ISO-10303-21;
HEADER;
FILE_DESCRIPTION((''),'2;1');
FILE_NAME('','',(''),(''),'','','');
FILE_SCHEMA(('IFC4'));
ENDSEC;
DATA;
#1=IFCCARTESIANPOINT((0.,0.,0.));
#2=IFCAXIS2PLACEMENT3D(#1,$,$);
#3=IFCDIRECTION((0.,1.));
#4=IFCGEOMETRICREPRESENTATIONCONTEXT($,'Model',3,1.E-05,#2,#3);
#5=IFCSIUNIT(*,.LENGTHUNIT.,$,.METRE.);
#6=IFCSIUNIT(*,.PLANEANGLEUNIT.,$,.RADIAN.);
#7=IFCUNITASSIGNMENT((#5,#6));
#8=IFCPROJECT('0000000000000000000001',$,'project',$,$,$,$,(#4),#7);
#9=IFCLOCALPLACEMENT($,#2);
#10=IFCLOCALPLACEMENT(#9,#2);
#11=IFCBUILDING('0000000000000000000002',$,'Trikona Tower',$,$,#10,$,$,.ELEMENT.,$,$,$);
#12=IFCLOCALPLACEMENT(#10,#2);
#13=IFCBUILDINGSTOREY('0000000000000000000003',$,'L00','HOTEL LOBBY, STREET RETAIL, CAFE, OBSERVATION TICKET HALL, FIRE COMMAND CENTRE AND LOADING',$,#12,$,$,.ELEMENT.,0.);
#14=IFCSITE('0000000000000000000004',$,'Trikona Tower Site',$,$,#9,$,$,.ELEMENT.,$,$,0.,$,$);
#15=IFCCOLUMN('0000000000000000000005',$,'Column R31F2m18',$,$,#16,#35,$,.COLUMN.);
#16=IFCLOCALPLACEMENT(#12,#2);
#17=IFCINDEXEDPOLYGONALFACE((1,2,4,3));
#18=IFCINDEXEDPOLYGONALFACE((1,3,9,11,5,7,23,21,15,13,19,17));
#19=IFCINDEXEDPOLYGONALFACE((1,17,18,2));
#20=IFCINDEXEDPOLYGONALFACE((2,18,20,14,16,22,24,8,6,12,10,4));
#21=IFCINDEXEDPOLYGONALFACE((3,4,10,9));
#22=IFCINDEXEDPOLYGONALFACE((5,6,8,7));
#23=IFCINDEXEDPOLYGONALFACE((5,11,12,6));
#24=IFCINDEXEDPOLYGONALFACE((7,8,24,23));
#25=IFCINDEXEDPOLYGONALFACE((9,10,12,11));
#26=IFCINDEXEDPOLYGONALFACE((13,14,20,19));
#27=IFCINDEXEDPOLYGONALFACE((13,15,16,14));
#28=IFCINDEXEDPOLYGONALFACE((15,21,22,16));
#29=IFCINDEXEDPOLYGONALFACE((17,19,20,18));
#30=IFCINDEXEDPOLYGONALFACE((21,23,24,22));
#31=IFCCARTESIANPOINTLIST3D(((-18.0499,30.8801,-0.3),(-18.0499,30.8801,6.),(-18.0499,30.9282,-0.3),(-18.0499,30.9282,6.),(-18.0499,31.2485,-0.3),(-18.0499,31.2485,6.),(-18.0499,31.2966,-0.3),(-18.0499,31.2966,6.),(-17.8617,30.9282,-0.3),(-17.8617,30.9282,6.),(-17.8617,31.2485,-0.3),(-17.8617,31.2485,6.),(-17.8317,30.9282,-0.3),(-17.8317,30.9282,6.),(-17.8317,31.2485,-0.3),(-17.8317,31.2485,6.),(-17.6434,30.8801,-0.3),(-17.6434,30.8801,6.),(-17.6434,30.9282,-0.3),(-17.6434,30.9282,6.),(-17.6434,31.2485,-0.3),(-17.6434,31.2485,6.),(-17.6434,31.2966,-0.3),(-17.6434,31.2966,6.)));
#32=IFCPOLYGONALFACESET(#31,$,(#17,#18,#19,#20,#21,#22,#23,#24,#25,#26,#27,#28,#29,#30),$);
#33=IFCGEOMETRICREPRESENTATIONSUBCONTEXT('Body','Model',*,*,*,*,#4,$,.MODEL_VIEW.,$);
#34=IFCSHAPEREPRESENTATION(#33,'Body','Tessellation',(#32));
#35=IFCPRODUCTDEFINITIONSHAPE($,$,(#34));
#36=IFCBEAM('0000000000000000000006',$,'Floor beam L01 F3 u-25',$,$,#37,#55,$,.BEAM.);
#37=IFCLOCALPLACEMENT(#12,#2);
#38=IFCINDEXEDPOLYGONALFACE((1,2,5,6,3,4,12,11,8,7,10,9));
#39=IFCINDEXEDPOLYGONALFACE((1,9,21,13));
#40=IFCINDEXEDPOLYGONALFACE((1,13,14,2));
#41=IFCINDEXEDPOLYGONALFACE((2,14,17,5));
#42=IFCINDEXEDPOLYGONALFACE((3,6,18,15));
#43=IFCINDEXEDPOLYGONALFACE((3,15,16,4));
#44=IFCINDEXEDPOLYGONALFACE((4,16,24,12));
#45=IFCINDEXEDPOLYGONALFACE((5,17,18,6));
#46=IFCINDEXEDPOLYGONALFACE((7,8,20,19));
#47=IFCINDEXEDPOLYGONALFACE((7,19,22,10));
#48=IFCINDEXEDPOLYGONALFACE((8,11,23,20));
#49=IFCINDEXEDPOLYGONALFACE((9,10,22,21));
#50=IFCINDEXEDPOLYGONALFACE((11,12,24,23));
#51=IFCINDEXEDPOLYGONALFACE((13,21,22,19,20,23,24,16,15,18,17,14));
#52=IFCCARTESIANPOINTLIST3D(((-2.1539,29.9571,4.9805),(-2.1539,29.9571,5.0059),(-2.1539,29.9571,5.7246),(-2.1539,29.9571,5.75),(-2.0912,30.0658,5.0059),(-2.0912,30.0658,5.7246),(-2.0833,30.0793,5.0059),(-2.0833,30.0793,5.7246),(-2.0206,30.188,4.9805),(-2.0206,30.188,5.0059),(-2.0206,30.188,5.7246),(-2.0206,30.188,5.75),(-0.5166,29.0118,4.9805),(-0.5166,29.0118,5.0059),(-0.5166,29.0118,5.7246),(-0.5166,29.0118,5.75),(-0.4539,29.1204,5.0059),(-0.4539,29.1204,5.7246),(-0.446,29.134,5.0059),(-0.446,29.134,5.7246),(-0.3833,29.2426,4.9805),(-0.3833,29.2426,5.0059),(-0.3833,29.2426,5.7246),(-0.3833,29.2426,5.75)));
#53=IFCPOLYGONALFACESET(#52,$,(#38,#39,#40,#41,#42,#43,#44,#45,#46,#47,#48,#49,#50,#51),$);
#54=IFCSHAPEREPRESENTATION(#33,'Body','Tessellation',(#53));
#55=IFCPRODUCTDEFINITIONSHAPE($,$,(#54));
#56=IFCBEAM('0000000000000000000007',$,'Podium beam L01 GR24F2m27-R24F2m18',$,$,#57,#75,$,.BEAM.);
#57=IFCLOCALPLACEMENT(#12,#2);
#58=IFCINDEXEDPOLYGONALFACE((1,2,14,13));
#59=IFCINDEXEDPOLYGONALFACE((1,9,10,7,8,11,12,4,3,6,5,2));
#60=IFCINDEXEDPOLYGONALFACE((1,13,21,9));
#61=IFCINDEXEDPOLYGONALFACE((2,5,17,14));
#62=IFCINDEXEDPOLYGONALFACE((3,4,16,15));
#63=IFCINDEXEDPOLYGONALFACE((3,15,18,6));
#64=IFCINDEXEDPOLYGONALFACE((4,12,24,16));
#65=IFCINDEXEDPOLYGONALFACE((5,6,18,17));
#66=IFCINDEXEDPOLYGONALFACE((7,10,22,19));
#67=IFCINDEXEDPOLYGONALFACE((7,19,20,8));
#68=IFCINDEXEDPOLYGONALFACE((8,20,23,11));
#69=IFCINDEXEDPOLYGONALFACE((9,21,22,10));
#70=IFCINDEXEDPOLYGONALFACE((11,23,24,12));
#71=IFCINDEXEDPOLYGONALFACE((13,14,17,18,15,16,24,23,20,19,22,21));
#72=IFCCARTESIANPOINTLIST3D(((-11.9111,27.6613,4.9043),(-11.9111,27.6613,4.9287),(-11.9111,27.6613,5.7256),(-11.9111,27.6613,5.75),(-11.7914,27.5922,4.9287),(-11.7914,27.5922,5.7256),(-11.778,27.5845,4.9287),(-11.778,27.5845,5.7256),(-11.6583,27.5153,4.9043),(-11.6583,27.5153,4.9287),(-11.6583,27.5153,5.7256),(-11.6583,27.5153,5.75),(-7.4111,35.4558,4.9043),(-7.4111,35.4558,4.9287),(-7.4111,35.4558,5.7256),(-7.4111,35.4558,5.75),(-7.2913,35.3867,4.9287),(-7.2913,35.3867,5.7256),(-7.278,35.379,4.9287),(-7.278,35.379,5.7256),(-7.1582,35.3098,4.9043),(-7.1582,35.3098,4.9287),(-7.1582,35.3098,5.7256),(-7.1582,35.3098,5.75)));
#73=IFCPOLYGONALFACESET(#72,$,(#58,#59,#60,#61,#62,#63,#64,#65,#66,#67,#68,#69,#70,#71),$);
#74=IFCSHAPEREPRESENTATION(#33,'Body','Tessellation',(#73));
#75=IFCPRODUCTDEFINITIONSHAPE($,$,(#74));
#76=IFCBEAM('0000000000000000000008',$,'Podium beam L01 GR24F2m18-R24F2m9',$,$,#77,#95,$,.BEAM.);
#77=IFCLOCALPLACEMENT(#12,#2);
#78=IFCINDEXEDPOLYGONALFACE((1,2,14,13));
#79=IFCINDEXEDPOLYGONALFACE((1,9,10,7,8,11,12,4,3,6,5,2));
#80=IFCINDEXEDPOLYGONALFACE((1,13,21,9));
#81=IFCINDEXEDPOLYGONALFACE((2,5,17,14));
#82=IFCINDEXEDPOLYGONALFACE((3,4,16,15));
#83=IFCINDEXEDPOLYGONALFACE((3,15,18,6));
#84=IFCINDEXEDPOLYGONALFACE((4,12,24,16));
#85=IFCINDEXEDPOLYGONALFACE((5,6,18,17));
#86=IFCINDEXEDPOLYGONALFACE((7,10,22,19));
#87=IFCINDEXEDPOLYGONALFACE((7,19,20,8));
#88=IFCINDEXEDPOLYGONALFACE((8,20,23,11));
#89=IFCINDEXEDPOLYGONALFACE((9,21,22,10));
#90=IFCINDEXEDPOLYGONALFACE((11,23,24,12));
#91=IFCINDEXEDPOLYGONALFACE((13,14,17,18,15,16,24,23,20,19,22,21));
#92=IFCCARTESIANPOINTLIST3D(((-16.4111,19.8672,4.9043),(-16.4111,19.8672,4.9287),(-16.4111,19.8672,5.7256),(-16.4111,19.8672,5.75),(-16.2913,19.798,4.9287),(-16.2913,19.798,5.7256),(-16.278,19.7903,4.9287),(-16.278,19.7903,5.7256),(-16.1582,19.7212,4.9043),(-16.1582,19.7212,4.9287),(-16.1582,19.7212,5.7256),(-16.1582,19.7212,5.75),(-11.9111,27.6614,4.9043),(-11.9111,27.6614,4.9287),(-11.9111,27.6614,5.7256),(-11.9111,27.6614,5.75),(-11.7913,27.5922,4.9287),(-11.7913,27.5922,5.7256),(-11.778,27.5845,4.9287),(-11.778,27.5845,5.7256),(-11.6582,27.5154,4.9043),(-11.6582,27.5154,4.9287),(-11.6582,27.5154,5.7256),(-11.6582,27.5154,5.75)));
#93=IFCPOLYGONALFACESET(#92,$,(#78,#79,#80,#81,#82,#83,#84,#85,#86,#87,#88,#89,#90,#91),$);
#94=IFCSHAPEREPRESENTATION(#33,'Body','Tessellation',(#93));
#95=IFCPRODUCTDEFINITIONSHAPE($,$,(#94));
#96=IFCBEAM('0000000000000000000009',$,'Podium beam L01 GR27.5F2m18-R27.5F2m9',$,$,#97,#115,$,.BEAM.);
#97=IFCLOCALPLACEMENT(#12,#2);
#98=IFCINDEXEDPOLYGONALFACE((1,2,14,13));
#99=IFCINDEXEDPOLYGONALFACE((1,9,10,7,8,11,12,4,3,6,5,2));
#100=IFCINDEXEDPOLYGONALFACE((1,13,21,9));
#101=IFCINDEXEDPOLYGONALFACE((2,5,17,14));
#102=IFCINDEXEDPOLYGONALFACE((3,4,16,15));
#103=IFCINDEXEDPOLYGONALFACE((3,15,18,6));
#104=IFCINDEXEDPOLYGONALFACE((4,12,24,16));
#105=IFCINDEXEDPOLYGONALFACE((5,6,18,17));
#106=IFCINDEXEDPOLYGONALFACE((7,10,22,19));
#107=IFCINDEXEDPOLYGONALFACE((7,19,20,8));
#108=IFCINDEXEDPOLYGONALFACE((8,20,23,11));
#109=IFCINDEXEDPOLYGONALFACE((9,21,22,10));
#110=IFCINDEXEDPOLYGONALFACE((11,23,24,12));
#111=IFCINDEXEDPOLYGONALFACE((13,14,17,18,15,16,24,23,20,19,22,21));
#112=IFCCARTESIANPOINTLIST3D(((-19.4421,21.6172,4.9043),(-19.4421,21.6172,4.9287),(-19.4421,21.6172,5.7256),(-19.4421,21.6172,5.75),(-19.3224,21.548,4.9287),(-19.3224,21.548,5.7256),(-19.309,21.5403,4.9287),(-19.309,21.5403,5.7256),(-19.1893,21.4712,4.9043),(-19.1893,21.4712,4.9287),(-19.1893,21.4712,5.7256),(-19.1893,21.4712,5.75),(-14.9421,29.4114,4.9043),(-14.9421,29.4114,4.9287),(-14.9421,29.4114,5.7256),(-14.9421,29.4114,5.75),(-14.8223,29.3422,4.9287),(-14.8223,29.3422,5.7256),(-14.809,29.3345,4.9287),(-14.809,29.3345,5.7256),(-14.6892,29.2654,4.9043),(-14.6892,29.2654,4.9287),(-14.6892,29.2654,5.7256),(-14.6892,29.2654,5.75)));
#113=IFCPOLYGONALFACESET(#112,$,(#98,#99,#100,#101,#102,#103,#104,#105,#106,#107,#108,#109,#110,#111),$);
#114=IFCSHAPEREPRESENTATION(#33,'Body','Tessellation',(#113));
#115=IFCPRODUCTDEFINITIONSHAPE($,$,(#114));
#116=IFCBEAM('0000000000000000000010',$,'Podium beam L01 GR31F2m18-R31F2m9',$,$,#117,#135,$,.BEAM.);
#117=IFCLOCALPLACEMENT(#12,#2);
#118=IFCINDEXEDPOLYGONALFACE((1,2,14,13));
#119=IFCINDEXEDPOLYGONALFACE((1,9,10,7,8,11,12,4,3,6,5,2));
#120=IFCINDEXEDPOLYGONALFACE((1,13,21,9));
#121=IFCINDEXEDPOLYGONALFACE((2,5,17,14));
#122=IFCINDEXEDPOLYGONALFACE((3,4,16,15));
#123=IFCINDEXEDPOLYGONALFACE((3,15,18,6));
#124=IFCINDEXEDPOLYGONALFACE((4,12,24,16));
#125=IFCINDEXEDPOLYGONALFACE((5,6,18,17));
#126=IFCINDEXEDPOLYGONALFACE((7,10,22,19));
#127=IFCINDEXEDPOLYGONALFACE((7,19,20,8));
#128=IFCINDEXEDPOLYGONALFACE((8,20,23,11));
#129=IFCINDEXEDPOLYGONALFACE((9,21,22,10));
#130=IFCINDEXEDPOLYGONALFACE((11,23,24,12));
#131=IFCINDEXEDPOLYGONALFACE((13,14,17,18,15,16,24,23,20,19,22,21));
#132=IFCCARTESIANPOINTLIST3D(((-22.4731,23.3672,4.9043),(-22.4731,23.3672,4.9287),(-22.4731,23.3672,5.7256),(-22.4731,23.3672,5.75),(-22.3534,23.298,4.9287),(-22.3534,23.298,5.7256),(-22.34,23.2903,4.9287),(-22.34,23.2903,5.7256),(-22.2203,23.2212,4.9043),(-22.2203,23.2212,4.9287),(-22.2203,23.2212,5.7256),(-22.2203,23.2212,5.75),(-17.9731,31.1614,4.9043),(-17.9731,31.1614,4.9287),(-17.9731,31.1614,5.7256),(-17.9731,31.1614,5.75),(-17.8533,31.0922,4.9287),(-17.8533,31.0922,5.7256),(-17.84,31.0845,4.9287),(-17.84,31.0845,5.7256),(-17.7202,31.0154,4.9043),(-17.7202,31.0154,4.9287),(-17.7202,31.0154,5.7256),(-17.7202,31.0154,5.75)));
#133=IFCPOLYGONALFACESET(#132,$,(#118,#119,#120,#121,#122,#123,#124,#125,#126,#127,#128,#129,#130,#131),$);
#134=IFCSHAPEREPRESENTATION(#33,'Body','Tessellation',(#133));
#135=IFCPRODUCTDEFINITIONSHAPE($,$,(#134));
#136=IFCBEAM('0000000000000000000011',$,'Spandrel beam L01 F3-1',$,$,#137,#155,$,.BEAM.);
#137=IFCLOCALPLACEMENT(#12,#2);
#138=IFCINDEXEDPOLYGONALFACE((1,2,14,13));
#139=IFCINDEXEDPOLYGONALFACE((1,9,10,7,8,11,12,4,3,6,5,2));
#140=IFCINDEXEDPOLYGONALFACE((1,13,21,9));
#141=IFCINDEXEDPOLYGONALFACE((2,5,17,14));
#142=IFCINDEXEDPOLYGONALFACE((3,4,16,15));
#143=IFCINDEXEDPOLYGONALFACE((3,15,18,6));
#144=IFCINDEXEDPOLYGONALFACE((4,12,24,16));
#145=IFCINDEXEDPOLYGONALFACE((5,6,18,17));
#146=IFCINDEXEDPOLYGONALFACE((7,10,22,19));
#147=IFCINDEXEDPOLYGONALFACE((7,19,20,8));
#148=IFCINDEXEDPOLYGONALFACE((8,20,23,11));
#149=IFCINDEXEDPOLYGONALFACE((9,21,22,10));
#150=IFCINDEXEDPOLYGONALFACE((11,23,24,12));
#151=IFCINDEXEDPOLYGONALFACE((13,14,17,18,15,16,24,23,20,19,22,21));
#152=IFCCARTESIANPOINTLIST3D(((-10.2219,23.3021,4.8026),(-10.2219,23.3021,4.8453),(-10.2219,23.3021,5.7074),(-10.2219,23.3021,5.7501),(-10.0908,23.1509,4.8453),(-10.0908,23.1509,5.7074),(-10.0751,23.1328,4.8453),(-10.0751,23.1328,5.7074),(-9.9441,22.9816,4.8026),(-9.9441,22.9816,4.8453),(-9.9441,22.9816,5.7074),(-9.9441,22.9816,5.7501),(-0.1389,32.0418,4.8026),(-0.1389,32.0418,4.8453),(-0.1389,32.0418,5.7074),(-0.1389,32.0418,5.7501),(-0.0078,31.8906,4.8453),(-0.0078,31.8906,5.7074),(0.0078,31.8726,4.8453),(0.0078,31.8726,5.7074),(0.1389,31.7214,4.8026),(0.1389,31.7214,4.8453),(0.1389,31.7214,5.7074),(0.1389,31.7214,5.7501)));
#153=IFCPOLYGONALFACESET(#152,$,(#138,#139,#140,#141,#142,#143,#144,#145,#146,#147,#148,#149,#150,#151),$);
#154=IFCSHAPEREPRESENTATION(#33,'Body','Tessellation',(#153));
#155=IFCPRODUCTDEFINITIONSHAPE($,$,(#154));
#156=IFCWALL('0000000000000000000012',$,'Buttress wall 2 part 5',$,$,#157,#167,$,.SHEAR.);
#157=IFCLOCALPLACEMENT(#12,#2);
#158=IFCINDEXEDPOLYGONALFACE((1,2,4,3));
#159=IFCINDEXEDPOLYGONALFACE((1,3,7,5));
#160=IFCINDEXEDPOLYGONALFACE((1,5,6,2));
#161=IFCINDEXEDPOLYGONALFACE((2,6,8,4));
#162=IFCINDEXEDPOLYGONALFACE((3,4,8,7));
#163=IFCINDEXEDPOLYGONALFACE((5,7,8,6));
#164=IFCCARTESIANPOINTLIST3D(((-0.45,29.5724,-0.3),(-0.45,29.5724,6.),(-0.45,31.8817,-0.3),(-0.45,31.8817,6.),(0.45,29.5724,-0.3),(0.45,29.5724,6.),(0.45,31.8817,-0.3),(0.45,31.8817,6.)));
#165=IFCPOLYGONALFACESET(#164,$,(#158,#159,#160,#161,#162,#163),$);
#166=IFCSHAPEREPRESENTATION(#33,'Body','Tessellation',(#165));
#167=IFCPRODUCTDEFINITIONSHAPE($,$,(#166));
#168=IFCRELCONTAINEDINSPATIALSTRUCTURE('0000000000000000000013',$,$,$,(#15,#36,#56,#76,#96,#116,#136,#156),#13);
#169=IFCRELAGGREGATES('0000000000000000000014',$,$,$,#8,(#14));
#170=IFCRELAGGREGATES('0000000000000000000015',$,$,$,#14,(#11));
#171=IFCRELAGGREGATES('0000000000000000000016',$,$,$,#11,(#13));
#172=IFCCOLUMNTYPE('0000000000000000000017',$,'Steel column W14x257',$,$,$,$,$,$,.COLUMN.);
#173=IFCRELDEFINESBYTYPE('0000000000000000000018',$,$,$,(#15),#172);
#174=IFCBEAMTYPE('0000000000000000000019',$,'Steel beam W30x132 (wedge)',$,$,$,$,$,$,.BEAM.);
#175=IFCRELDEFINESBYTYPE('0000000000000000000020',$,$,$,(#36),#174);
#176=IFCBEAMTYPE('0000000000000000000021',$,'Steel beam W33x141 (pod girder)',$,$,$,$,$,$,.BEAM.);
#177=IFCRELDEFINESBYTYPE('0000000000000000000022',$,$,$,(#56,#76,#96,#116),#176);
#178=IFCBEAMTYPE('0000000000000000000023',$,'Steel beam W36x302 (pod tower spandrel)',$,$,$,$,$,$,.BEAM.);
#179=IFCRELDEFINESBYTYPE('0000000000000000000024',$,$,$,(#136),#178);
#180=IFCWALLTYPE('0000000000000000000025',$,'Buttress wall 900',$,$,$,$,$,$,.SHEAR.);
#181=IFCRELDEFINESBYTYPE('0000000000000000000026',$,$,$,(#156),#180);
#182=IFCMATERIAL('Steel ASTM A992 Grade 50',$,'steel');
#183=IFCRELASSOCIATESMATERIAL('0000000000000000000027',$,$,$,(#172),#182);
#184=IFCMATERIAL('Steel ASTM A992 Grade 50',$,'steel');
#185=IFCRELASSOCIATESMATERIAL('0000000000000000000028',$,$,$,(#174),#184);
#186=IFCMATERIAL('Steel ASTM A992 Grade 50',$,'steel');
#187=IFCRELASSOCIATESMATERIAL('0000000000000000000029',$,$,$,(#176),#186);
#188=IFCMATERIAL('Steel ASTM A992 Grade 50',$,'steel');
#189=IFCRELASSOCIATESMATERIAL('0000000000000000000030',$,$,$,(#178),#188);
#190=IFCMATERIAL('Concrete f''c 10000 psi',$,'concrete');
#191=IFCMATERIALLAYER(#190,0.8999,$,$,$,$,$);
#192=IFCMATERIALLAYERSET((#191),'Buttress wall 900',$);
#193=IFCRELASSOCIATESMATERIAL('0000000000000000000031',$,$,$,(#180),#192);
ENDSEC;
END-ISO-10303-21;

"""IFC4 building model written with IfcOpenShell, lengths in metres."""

from ifc_helpers import new_model, si_unit, direction, frame, frame_2d, origin, origin_2d, place, context, subcontext, project, spatial, rectangle, i_section, extrude, material, layer, layer_set, material_profile, profile_set, type_object, element, save


model = new_model("IFC4")

# Units and contexts
model_context = context("Model", 3, precision=1e-05, world=origin(), true_north=direction((0.0, 1.0)))
body_context = subcontext(model_context, "Body", "Model", "MODEL_VIEW")
ifc_project = project(units=[si_unit("LENGTHUNIT", "METRE"), si_unit("PLANEANGLEUNIT", "RADIAN")], contexts=[model_context])

# Site, building, storey
site_placement = place(None, origin())
site = spatial("IfcSite", under=ifc_project, at=site_placement, Name="Trikona Tower Site", CompositionType="ELEMENT", RefElevation=0.0)
building_placement = place(site_placement, origin())
building = spatial("IfcBuilding", under=site, at=building_placement, Name="Trikona Tower", CompositionType="ELEMENT")
storey_placement = place(building_placement, origin())
storey = spatial("IfcBuildingStorey", under=building, at=storey_placement, Name="L00", Description="HOTEL LOBBY, STREET RETAIL, CAFE, OBSERVATION TICKET HALL, FIRE COMMAND CENTRE AND LOADING", CompositionType="ELEMENT", Elevation=0.0)

# Column
ifc_material_1 = material(Name="Steel ASTM A992 Grade 50", Category="steel")
ifc_material_profile_1 = material_profile(ifc_material_1, i_section(OverallWidth=0.4065, OverallDepth=0.4165, WebThickness=0.03, FlangeThickness=0.0481, at=origin_2d()), Name="W14X257")
ifc_profile_set_1 = profile_set([ifc_material_profile_1], Name="Steel ASTM A992 Grade 50")
column_type = type_object("IfcColumnType", Name="Steel column W14x257", PredefinedType="COLUMN", material=ifc_profile_set_1)
for number, where, z_axis, x_axis, name in (
    (1, (-17.8467, 31.0884, -0.3), (0.0, 0.0, 1.0), (1.0, 0.0, 0.0), "Column R31F2m18"),
):
    element("IfcColumn", number, at=place(storey_placement, frame(where, z_axis=z_axis, x_axis=x_axis)), inside=storey, type_object=column_type, Name=name, PredefinedType="COLUMN", context=body_context, shape_type="SweptSolid", body=[
        extrude(i_section(OverallWidth=0.4065, OverallDepth=0.4165, WebThickness=0.03, FlangeThickness=0.0481, at=origin_2d()), origin(), (0.0, 0.0, 1.0), 6.3),
    ])

# Beams
ifc_material_2 = material(Name="Steel ASTM A992 Grade 50", Category="steel")
ifc_material_profile_2 = material_profile(ifc_material_2, i_section(OverallWidth=0.2666, OverallDepth=0.7695, WebThickness=0.0156, FlangeThickness=0.0254, at=origin_2d()), Name="W30X132")
ifc_profile_set_2 = profile_set([ifc_material_profile_2], Name="Steel ASTM A992 Grade 50")
beam_type_1 = type_object("IfcBeamType", Name="Steel beam W30x132 (wedge)", PredefinedType="BEAM", material=ifc_profile_set_2)
beam_1_placement = place(storey_placement, frame((-0.45, 29.1272, 5.3652), z_axis=(-0.866009, 0.500028, 0.0), x_axis=(-0.500028, -0.866009, 0.0)))
element("IfcBeam", 2, at=beam_1_placement, inside=storey, type_object=beam_type_1, Name="Floor beam L01 F3 u-25", PredefinedType="BEAM", context=body_context, shape_type="SweptSolid", body=[
    extrude(i_section(OverallWidth=0.2666, OverallDepth=0.7695, WebThickness=0.0156, FlangeThickness=0.0254, at=origin_2d()), origin(), (0.0, 0.0, 1.0), 1.8906),
])
ifc_material_3 = material(Name="Steel ASTM A992 Grade 50", Category="steel")
ifc_material_profile_3 = material_profile(ifc_material_3, i_section(OverallWidth=0.292, OverallDepth=0.8457, WebThickness=0.0154, FlangeThickness=0.0244, at=origin_2d()), Name="W33X141")
ifc_profile_set_3 = profile_set([ifc_material_profile_3], Name="Steel ASTM A992 Grade 50")
beam_type_2 = type_object("IfcBeamType", Name="Steel beam W33x141 (pod girder)", PredefinedType="BEAM", material=ifc_profile_set_3)
beam_2_placement = place(storey_placement, frame((-7.2847, 35.3828, 5.3271), z_axis=(-0.49999, -0.866031, 0.0), x_axis=(0.866031, -0.49999, 0.0)))
element("IfcBeam", 3, at=beam_2_placement, inside=storey, type_object=beam_type_2, Name="Podium beam L01 GR24F2m27-R24F2m18", PredefinedType="BEAM", context=body_context, shape_type="SweptSolid", body=[
    extrude(i_section(OverallWidth=0.292, OverallDepth=0.8457, WebThickness=0.0154, FlangeThickness=0.0244, at=origin_2d()), origin(), (0.0, 0.0, 1.0), 9.0002),
])
for number, where, z_axis, x_axis, name in (
    (4, (-11.7847, 27.5884, 5.3271), (-0.500002, -0.866024, 0.0), (0.866024, -0.500002, 0.0), "Podium beam L01 GR24F2m18-R24F2m9"),
    (5, (-14.8157, 29.3384, 5.3271), (-0.500002, -0.866024, 0.0), (0.866024, -0.500002, 0.0), "Podium beam L01 GR27.5F2m18-R27.5F2m9"),
    (6, (-17.8467, 31.0884, 5.3271), (-0.500002, -0.866024, 0.0), (0.866024, -0.500002, 0.0), "Podium beam L01 GR31F2m18-R31F2m9"),
):
    element("IfcBeam", number, at=place(storey_placement, frame(where, z_axis=z_axis, x_axis=x_axis)), inside=storey, type_object=beam_type_2, Name=name, PredefinedType="BEAM", context=body_context, shape_type="SweptSolid", body=[
        extrude(i_section(OverallWidth=0.292, OverallDepth=0.8457, WebThickness=0.0154, FlangeThickness=0.0244, at=origin_2d()), origin(), (0.0, 0.0, 1.0), 9.0),
    ])
ifc_material_4 = material(Name="Steel ASTM A992 Grade 50", Category="steel")
ifc_material_profile_4 = material_profile(ifc_material_4, i_section(OverallWidth=0.4241, OverallDepth=0.9475, WebThickness=0.0239, FlangeThickness=0.0427, at=origin_2d()), Name="W36X302")
ifc_profile_set_4 = profile_set([ifc_material_profile_4], Name="Steel ASTM A992 Grade 50")
beam_type_3 = type_object("IfcBeamType", Name="Steel beam W36x302 (pod tower spandrel)", PredefinedType="BEAM", material=ifc_profile_set_4)
beam_3_placement = place(storey_placement, frame((0.0, 31.8816, 5.2764), z_axis=(-0.755647, -0.654979, 0.0), x_axis=(0.654979, -0.755647, 0.0)))
element("IfcBeam", 7, at=beam_3_placement, inside=storey, type_object=beam_type_3, Name="Spandrel beam L01 F3-1", PredefinedType="BEAM", context=body_context, shape_type="SweptSolid", body=[
    extrude(i_section(OverallWidth=0.4241, OverallDepth=0.9475, WebThickness=0.0239, FlangeThickness=0.0427, at=origin_2d()), origin(), (0.0, 0.0, 1.0), 13.3435),
])

# Wall
ifc_material_5 = material(Name="Concrete f'c 10000 psi", Category="concrete")
ifc_layer_1 = layer(ifc_material_5, 0.8999)
ifc_layer_set_1 = layer_set([ifc_layer_1], Name="Buttress wall 900")
wall_type_1 = type_object("IfcWallType", Name="Buttress wall 900", PredefinedType="SHEAR", material=ifc_layer_set_1)
wall_1_placement = place(storey_placement, frame((0.0, 29.5723, -0.3), z_axis=(0.0, 0.0, 1.0), x_axis=(0.0, 1.0, 0.0)))
element("IfcWall", 8, at=wall_1_placement, inside=storey, type_object=wall_type_1, Name="Buttress wall 2 part 5", PredefinedType="SHEAR", context=body_context, shape_type="SweptSolid", body=[
    extrude(rectangle(XDim=2.3093, YDim=0.8999, at=frame_2d((1.1548, 0.0))), origin(), (0.0, 0.0, 1.0), 6.3),
])

save(model, "model.ifc")
